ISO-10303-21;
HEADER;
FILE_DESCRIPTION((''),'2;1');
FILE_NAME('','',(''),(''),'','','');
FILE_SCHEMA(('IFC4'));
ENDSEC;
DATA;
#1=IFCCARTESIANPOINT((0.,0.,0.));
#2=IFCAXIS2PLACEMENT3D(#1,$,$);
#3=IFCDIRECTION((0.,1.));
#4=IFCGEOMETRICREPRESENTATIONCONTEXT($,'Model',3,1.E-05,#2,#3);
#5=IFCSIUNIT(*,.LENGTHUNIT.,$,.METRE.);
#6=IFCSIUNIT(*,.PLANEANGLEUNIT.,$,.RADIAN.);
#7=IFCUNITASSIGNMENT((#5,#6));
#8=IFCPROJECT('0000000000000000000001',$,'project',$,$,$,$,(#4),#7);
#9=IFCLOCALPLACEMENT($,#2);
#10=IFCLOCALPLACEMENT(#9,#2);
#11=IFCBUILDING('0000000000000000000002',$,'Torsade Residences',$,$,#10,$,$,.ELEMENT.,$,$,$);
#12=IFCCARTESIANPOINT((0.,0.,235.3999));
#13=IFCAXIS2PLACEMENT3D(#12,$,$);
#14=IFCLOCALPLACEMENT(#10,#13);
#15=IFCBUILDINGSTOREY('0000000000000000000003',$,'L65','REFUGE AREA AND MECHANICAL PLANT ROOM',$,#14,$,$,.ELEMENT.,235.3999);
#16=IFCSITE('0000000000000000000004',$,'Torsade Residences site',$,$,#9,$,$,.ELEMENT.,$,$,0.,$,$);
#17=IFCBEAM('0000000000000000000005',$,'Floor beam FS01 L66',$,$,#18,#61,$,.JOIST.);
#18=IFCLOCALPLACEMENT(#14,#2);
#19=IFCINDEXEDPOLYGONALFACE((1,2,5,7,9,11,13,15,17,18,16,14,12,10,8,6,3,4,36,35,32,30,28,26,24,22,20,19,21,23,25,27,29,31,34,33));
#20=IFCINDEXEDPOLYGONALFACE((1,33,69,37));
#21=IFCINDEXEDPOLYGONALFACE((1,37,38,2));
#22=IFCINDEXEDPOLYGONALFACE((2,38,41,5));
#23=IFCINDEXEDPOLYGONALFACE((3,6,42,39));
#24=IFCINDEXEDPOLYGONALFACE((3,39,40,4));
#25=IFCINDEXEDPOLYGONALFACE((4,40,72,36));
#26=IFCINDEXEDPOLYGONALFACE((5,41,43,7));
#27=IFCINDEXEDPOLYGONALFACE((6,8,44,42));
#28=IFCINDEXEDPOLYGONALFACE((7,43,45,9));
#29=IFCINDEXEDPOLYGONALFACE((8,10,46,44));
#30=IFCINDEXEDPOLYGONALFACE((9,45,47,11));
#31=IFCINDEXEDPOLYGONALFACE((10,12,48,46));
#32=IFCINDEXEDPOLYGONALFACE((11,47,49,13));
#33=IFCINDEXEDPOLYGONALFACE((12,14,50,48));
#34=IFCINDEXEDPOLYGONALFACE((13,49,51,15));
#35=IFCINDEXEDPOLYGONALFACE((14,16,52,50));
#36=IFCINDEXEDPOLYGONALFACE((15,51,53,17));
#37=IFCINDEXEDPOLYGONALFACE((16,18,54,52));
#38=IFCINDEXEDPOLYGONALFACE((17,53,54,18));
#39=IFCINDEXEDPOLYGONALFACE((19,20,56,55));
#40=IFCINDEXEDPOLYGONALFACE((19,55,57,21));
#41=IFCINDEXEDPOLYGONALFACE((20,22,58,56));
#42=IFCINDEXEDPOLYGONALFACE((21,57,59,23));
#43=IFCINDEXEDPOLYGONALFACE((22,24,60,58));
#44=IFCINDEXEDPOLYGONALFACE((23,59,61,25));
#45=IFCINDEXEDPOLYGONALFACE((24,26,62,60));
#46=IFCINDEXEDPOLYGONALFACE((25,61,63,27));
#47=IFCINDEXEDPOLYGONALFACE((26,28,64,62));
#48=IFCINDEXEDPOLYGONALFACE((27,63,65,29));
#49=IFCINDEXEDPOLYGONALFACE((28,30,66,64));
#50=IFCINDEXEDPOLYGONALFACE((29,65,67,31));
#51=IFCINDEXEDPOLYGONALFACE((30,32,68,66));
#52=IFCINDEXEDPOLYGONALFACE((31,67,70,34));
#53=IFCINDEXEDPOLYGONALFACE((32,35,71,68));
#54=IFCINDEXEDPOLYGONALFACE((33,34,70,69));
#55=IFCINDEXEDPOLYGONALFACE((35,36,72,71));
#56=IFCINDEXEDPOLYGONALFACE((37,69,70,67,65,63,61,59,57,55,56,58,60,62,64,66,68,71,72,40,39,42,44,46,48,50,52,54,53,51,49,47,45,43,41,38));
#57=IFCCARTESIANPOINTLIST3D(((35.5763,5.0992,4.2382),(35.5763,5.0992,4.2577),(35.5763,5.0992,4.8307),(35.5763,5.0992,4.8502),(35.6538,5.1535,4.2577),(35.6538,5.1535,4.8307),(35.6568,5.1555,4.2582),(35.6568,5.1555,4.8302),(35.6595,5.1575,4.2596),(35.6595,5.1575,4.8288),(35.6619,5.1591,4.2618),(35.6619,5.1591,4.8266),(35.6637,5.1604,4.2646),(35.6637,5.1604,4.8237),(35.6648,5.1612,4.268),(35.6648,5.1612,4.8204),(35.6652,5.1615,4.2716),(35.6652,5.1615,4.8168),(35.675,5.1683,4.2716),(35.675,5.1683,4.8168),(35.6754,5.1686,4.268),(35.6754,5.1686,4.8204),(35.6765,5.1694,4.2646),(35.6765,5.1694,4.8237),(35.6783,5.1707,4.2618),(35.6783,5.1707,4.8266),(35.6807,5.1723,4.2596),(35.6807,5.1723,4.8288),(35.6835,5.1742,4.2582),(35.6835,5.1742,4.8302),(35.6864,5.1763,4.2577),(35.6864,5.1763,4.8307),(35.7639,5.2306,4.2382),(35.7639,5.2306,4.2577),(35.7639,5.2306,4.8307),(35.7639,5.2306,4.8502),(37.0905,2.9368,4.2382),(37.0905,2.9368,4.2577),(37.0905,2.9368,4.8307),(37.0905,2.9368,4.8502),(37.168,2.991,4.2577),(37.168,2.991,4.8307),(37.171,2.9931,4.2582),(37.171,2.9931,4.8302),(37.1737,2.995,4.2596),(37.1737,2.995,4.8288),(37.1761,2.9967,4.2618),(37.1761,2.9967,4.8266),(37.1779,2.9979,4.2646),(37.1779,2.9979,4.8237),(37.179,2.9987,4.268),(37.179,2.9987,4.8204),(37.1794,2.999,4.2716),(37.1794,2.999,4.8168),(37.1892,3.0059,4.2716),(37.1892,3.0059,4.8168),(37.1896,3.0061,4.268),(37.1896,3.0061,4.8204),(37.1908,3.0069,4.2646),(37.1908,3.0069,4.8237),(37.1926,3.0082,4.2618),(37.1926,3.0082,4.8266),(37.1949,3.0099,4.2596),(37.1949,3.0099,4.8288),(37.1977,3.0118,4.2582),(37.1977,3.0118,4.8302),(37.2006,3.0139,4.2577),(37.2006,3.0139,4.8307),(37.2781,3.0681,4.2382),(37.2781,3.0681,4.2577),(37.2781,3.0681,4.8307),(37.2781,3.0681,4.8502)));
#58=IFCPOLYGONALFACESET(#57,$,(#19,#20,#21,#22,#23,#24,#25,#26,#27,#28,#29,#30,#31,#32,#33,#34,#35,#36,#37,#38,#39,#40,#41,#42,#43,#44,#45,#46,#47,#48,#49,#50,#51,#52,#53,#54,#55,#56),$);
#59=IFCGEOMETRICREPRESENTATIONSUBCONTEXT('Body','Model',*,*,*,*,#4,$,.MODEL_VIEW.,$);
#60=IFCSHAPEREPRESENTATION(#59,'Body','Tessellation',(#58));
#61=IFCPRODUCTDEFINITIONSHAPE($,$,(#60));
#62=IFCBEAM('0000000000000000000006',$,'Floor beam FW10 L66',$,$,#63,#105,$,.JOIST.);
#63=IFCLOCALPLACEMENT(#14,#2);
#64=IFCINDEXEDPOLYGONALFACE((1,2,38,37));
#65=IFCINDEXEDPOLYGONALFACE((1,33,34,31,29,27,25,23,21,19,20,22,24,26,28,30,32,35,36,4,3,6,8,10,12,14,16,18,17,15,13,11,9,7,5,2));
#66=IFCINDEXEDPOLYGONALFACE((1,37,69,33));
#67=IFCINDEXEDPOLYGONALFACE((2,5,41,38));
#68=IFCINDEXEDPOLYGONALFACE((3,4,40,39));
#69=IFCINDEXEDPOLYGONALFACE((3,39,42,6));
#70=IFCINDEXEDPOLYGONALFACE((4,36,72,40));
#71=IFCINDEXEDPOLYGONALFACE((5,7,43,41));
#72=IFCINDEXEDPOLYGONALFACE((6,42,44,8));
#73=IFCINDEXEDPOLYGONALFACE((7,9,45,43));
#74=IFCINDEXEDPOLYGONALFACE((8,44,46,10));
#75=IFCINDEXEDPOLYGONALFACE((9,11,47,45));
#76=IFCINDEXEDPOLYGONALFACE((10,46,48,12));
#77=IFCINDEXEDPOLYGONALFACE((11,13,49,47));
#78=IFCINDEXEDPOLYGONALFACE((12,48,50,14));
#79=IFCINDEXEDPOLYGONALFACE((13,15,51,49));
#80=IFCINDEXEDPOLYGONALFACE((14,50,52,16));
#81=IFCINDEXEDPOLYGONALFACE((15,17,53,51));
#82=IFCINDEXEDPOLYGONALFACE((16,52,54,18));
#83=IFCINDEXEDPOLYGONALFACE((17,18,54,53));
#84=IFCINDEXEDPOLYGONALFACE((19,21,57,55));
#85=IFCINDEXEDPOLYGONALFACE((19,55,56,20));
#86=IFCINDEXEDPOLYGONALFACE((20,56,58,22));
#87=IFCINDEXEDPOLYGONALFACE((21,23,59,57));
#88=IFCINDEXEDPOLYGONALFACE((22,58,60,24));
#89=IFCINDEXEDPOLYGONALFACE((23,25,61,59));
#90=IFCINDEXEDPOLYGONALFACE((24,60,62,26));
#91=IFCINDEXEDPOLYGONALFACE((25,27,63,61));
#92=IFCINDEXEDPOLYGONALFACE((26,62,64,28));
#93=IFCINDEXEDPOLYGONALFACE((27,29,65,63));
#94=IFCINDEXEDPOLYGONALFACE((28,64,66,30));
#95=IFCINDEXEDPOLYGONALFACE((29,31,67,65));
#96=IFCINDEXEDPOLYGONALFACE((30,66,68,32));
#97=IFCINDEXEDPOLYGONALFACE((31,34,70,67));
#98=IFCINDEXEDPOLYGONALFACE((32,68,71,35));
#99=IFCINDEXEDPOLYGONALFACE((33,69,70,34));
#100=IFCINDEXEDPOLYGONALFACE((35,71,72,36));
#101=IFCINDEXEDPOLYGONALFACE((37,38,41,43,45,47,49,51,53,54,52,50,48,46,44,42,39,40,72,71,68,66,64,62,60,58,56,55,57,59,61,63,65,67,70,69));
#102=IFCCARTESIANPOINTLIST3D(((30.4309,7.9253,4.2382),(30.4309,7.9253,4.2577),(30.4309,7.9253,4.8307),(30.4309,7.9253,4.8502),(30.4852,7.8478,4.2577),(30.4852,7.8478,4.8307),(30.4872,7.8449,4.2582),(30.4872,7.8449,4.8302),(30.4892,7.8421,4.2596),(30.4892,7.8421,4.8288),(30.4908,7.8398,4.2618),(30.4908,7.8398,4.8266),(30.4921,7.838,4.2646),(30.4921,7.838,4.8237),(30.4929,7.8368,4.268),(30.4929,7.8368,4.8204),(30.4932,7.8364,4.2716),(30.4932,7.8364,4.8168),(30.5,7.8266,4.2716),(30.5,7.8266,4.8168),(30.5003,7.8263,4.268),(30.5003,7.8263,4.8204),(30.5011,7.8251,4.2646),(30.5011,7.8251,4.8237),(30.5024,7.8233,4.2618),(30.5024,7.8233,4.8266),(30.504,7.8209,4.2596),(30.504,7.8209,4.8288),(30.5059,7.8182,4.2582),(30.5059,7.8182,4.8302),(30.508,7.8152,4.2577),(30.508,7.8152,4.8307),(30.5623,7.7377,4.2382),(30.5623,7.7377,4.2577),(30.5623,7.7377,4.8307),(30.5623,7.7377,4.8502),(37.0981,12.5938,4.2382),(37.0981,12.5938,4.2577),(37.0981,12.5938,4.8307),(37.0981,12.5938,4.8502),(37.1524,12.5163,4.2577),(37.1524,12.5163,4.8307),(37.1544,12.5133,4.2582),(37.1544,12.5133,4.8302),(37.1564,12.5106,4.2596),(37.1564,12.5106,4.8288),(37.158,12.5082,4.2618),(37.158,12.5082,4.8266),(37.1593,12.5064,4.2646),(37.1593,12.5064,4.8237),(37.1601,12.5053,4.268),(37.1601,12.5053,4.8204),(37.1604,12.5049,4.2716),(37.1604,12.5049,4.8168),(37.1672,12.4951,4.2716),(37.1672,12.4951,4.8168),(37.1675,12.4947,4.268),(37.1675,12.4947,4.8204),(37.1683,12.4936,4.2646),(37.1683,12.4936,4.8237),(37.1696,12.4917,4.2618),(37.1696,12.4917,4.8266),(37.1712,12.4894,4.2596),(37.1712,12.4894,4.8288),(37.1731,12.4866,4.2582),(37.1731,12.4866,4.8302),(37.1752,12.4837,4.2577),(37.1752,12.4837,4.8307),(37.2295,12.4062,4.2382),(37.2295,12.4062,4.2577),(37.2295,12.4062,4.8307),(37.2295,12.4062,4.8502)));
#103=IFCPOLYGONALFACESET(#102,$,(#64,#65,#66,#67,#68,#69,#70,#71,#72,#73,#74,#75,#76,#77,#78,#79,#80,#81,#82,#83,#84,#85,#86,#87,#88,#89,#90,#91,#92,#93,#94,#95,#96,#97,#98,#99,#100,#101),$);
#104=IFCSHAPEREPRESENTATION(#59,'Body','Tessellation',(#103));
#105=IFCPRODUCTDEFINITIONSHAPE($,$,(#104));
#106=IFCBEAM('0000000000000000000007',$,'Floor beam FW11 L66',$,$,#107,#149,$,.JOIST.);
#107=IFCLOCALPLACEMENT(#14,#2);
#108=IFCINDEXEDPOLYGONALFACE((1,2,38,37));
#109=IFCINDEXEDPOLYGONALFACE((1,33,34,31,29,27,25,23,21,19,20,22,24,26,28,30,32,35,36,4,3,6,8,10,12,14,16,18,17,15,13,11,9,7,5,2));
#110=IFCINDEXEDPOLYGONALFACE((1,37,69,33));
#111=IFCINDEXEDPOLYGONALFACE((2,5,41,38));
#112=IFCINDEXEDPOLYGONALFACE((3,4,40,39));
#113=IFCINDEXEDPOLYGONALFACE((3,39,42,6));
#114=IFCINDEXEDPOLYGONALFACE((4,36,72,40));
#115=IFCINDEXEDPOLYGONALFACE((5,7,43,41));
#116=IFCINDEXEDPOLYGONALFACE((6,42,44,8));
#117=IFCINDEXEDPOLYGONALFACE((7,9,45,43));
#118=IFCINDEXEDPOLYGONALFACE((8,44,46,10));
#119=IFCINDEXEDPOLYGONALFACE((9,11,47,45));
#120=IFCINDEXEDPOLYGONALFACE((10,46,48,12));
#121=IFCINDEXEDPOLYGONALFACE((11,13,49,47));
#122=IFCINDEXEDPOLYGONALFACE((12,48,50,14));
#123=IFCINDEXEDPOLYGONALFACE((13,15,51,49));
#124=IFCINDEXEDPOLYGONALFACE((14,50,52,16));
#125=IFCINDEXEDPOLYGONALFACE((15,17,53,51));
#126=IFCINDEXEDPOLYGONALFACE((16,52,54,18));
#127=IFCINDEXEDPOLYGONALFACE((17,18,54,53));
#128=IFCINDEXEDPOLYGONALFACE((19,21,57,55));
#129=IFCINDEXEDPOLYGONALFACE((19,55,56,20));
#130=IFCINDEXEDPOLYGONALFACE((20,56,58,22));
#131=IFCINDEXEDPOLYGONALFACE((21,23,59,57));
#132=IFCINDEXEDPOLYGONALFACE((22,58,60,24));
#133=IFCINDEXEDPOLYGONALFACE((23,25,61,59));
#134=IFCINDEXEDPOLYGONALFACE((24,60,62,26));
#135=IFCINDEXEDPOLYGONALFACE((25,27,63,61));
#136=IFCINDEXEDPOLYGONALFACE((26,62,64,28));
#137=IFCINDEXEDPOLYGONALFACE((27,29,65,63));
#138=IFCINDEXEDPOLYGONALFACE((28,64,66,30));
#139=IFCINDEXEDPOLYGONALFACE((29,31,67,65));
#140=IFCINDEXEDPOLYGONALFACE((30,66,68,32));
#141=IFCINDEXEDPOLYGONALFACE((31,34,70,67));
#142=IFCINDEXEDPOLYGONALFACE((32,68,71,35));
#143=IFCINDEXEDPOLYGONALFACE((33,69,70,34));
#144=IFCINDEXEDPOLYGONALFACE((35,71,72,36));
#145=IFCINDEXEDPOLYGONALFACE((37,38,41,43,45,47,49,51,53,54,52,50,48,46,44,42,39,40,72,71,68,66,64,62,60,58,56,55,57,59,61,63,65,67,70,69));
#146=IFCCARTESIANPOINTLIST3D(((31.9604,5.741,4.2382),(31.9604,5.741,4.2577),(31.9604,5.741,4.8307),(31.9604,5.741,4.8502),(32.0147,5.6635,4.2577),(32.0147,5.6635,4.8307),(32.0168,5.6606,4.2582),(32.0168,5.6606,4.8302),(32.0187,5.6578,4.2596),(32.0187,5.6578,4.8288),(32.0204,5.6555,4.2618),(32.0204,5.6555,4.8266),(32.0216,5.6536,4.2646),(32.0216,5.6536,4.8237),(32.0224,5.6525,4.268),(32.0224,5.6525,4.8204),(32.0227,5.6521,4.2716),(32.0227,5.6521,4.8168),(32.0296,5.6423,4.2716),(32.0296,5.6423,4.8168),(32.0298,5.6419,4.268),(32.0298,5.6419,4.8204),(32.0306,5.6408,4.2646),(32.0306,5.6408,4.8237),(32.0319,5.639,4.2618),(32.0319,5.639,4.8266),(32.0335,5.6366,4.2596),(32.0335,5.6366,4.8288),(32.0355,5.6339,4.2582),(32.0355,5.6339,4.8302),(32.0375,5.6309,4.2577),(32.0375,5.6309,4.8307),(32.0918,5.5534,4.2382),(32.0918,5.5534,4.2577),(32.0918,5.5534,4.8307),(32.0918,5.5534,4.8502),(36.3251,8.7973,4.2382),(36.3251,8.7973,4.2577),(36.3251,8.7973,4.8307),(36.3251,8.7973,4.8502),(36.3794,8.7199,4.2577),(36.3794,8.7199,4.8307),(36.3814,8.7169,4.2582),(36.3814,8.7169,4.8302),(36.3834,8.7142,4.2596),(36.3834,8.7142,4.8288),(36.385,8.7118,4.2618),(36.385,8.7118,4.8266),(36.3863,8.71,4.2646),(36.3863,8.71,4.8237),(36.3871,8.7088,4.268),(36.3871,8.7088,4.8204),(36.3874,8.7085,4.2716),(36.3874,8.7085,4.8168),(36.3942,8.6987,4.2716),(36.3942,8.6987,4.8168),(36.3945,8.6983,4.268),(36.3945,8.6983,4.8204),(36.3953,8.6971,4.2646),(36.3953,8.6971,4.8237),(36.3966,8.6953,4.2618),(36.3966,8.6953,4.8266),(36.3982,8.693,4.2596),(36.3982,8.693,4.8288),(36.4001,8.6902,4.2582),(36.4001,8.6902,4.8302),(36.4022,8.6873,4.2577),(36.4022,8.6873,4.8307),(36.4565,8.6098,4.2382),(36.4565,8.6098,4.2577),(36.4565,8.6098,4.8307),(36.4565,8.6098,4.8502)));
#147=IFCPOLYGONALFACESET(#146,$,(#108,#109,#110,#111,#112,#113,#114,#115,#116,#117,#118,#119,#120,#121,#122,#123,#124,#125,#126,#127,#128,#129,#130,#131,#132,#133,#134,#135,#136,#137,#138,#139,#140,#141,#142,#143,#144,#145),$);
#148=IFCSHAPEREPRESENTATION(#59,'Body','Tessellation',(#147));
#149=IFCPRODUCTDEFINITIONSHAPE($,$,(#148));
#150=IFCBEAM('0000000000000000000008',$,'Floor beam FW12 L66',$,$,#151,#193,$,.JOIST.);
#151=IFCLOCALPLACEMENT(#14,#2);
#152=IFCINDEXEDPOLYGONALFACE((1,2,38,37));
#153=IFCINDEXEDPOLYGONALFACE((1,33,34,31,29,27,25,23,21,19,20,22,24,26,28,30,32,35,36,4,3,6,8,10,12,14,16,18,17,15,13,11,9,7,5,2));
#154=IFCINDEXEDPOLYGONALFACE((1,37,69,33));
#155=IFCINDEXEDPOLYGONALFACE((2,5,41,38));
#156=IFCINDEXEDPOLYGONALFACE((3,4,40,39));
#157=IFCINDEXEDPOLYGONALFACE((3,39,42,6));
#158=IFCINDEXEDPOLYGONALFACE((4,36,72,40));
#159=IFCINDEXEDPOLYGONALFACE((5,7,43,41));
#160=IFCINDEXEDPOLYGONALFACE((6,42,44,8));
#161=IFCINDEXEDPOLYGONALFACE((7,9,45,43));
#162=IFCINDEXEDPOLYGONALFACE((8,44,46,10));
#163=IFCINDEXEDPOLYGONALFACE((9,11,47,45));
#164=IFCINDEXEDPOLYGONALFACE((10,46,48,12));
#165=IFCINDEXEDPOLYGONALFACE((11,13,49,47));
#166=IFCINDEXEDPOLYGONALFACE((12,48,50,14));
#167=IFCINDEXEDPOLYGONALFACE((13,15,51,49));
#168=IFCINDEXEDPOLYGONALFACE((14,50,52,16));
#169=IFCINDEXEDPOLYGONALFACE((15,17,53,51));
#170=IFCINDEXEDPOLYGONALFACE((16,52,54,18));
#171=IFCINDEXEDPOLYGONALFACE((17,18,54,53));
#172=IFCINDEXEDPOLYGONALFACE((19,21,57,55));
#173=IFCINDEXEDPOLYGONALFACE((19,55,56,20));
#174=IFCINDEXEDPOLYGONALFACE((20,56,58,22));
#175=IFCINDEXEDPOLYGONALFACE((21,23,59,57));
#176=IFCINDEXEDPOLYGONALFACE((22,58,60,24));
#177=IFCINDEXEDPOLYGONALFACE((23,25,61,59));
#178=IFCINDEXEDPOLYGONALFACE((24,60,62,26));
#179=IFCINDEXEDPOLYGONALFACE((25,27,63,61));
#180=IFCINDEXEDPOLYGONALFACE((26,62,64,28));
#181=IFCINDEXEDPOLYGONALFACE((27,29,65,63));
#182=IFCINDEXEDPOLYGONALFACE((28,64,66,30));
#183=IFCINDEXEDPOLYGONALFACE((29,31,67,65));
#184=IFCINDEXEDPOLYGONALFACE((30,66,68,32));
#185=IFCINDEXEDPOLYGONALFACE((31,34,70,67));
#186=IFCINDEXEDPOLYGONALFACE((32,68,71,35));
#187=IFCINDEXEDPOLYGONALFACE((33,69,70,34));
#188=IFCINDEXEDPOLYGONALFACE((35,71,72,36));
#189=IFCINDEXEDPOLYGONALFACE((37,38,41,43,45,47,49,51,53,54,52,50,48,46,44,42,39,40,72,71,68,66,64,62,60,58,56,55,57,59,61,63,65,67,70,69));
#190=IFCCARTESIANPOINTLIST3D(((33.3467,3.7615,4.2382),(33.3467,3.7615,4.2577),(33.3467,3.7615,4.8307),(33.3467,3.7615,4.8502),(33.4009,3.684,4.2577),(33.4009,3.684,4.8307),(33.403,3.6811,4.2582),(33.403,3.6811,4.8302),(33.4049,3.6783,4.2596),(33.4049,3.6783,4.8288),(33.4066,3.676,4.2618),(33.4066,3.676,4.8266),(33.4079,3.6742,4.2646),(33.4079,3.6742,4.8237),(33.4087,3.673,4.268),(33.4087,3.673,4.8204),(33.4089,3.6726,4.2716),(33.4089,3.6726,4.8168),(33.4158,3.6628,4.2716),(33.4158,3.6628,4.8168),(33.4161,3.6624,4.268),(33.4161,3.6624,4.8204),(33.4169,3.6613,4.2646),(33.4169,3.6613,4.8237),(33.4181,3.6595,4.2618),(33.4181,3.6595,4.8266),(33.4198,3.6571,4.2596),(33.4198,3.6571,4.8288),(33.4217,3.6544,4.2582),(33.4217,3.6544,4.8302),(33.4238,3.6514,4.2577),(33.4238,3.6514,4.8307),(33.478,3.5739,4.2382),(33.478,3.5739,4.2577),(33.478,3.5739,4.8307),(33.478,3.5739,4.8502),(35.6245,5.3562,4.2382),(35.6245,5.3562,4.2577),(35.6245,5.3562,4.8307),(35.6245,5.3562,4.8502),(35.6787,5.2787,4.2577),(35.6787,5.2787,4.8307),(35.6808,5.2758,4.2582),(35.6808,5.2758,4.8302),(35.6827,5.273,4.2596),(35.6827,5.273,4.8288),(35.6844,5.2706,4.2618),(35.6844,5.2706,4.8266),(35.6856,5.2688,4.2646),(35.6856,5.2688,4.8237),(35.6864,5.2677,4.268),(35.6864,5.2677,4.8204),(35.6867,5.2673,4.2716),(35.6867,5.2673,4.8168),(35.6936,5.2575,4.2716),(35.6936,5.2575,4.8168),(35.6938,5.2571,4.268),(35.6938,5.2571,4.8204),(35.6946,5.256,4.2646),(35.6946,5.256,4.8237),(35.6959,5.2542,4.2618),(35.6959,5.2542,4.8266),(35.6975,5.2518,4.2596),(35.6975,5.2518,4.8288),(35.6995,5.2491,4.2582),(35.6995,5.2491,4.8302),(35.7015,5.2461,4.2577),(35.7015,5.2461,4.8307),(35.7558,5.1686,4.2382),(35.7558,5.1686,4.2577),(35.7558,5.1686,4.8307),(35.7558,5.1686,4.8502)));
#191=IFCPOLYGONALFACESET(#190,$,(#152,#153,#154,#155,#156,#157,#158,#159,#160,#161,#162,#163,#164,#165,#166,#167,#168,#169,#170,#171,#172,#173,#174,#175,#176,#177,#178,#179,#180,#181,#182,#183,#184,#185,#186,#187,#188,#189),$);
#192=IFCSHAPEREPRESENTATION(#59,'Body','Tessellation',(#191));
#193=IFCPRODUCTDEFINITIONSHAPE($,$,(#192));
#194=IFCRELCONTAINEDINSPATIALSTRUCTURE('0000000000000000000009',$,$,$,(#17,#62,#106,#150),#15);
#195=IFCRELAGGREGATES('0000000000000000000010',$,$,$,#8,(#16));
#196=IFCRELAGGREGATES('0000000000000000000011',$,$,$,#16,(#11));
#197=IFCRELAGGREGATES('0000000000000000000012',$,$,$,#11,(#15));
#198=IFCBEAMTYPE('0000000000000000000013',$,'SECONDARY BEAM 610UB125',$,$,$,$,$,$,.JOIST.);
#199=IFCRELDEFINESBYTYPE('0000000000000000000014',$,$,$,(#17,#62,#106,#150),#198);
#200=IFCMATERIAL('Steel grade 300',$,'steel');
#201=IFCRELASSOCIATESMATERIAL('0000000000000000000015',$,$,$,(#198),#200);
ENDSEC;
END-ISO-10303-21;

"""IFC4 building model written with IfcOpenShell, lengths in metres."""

from ifc_helpers import new_model, si_unit, direction, frame, origin, origin_2d, place, context, subcontext, project, spatial, i_section, extrude, material, material_profile, profile_set, type_object, element, save


model = new_model("IFC4")

# Units and contexts
model_context = context("Model", 3, precision=1e-05, world=origin(), true_north=direction((0.0, 1.0)))
body_context = subcontext(model_context, "Body", "Model", "MODEL_VIEW")
ifc_project = project(units=[si_unit("LENGTHUNIT", "METRE"), si_unit("PLANEANGLEUNIT", "RADIAN")], contexts=[model_context])

# Site, building, storey
site_placement = place(None, origin())
site = spatial("IfcSite", under=ifc_project, at=site_placement, Name="Torsade Residences site", CompositionType="ELEMENT", RefElevation=0.0)
building_placement = place(site_placement, origin())
building = spatial("IfcBuilding", under=site, at=building_placement, Name="Torsade Residences", CompositionType="ELEMENT")
storey_placement = place(building_placement, frame((0.0, 0.0, 235.3999)))
storey = spatial("IfcBuildingStorey", under=building, at=storey_placement, Name="L65", Description="REFUGE AREA AND MECHANICAL PLANT ROOM", CompositionType="ELEMENT", Elevation=235.3999)

# Beams
ifc_material_1 = material(Name="Steel grade 300", Category="steel")
ifc_material_profile_1 = material_profile(ifc_material_1, i_section(OverallWidth=0.229, OverallDepth=0.6121, WebThickness=0.012, FlangeThickness=0.0195, FilletRadius=0.0139, at=origin_2d()), Name="610UB125")
ifc_profile_set_1 = profile_set([ifc_material_profile_1], Name="Steel grade 300")
beam_type_1 = type_object("IfcBeamType", Name="SECONDARY BEAM 610UB125", PredefinedType="JOIST", material=ifc_profile_set_1)
beam_1_placement = place(storey_placement, frame((37.1843, 3.0024, 4.5442), z_axis=(-0.573593, 0.819141, 0.0), x_axis=(-0.819141, -0.573593, 0.0)))
element("IfcBeam", 1, at=beam_1_placement, inside=storey, type_object=beam_type_1, Name="Floor beam FS01 L66", PredefinedType="JOIST", context=body_context, shape_type="SweptSolid", body=[
    extrude(i_section(OverallWidth=0.229, OverallDepth=0.6121, WebThickness=0.012, FlangeThickness=0.0195, FilletRadius=0.0139, at=origin_2d()), origin(), (0.0, 0.0, 1.0), 2.6399),
])
beam_2_placement = place(storey_placement, frame((30.4966, 7.8315, 4.5442), z_axis=(0.819152, 0.573577, 0.0), x_axis=(-0.573577, 0.819152, 0.0)))
element("IfcBeam", 2, at=beam_2_placement, inside=storey, type_object=beam_type_1, Name="Floor beam FW10 L66", PredefinedType="JOIST", context=body_context, shape_type="SweptSolid", body=[
    extrude(i_section(OverallWidth=0.229, OverallDepth=0.6121, WebThickness=0.012, FlangeThickness=0.0195, FilletRadius=0.0139, at=origin_2d()), origin(), (0.0, 0.0, 1.0), 8.1392),
])
beam_3_placement = place(storey_placement, frame((32.0261, 5.6472, 4.5442), z_axis=(0.819137, 0.573598, 0.0), x_axis=(-0.573598, 0.819137, 0.0)))
element("IfcBeam", 3, at=beam_3_placement, inside=storey, type_object=beam_type_1, Name="Floor beam FW11 L66", PredefinedType="JOIST", context=body_context, shape_type="SweptSolid", body=[
    extrude(i_section(OverallWidth=0.229, OverallDepth=0.6121, WebThickness=0.012, FlangeThickness=0.0195, FilletRadius=0.0139, at=origin_2d()), origin(), (0.0, 0.0, 1.0), 5.3284),
])
beam_4_placement = place(storey_placement, frame((33.4124, 3.6677, 4.5442), z_axis=(0.819191, 0.573521, 0.0), x_axis=(-0.573521, 0.819191, 0.0)))
element("IfcBeam", 4, at=beam_4_placement, inside=storey, type_object=beam_type_1, Name="Floor beam FW12 L66", PredefinedType="JOIST", context=body_context, shape_type="SweptSolid", body=[
    extrude(i_section(OverallWidth=0.229, OverallDepth=0.6121, WebThickness=0.012, FlangeThickness=0.0195, FilletRadius=0.0139, at=origin_2d()), origin(), (0.0, 0.0, 1.0), 2.7805),
])

save(model, "model.ifc")
